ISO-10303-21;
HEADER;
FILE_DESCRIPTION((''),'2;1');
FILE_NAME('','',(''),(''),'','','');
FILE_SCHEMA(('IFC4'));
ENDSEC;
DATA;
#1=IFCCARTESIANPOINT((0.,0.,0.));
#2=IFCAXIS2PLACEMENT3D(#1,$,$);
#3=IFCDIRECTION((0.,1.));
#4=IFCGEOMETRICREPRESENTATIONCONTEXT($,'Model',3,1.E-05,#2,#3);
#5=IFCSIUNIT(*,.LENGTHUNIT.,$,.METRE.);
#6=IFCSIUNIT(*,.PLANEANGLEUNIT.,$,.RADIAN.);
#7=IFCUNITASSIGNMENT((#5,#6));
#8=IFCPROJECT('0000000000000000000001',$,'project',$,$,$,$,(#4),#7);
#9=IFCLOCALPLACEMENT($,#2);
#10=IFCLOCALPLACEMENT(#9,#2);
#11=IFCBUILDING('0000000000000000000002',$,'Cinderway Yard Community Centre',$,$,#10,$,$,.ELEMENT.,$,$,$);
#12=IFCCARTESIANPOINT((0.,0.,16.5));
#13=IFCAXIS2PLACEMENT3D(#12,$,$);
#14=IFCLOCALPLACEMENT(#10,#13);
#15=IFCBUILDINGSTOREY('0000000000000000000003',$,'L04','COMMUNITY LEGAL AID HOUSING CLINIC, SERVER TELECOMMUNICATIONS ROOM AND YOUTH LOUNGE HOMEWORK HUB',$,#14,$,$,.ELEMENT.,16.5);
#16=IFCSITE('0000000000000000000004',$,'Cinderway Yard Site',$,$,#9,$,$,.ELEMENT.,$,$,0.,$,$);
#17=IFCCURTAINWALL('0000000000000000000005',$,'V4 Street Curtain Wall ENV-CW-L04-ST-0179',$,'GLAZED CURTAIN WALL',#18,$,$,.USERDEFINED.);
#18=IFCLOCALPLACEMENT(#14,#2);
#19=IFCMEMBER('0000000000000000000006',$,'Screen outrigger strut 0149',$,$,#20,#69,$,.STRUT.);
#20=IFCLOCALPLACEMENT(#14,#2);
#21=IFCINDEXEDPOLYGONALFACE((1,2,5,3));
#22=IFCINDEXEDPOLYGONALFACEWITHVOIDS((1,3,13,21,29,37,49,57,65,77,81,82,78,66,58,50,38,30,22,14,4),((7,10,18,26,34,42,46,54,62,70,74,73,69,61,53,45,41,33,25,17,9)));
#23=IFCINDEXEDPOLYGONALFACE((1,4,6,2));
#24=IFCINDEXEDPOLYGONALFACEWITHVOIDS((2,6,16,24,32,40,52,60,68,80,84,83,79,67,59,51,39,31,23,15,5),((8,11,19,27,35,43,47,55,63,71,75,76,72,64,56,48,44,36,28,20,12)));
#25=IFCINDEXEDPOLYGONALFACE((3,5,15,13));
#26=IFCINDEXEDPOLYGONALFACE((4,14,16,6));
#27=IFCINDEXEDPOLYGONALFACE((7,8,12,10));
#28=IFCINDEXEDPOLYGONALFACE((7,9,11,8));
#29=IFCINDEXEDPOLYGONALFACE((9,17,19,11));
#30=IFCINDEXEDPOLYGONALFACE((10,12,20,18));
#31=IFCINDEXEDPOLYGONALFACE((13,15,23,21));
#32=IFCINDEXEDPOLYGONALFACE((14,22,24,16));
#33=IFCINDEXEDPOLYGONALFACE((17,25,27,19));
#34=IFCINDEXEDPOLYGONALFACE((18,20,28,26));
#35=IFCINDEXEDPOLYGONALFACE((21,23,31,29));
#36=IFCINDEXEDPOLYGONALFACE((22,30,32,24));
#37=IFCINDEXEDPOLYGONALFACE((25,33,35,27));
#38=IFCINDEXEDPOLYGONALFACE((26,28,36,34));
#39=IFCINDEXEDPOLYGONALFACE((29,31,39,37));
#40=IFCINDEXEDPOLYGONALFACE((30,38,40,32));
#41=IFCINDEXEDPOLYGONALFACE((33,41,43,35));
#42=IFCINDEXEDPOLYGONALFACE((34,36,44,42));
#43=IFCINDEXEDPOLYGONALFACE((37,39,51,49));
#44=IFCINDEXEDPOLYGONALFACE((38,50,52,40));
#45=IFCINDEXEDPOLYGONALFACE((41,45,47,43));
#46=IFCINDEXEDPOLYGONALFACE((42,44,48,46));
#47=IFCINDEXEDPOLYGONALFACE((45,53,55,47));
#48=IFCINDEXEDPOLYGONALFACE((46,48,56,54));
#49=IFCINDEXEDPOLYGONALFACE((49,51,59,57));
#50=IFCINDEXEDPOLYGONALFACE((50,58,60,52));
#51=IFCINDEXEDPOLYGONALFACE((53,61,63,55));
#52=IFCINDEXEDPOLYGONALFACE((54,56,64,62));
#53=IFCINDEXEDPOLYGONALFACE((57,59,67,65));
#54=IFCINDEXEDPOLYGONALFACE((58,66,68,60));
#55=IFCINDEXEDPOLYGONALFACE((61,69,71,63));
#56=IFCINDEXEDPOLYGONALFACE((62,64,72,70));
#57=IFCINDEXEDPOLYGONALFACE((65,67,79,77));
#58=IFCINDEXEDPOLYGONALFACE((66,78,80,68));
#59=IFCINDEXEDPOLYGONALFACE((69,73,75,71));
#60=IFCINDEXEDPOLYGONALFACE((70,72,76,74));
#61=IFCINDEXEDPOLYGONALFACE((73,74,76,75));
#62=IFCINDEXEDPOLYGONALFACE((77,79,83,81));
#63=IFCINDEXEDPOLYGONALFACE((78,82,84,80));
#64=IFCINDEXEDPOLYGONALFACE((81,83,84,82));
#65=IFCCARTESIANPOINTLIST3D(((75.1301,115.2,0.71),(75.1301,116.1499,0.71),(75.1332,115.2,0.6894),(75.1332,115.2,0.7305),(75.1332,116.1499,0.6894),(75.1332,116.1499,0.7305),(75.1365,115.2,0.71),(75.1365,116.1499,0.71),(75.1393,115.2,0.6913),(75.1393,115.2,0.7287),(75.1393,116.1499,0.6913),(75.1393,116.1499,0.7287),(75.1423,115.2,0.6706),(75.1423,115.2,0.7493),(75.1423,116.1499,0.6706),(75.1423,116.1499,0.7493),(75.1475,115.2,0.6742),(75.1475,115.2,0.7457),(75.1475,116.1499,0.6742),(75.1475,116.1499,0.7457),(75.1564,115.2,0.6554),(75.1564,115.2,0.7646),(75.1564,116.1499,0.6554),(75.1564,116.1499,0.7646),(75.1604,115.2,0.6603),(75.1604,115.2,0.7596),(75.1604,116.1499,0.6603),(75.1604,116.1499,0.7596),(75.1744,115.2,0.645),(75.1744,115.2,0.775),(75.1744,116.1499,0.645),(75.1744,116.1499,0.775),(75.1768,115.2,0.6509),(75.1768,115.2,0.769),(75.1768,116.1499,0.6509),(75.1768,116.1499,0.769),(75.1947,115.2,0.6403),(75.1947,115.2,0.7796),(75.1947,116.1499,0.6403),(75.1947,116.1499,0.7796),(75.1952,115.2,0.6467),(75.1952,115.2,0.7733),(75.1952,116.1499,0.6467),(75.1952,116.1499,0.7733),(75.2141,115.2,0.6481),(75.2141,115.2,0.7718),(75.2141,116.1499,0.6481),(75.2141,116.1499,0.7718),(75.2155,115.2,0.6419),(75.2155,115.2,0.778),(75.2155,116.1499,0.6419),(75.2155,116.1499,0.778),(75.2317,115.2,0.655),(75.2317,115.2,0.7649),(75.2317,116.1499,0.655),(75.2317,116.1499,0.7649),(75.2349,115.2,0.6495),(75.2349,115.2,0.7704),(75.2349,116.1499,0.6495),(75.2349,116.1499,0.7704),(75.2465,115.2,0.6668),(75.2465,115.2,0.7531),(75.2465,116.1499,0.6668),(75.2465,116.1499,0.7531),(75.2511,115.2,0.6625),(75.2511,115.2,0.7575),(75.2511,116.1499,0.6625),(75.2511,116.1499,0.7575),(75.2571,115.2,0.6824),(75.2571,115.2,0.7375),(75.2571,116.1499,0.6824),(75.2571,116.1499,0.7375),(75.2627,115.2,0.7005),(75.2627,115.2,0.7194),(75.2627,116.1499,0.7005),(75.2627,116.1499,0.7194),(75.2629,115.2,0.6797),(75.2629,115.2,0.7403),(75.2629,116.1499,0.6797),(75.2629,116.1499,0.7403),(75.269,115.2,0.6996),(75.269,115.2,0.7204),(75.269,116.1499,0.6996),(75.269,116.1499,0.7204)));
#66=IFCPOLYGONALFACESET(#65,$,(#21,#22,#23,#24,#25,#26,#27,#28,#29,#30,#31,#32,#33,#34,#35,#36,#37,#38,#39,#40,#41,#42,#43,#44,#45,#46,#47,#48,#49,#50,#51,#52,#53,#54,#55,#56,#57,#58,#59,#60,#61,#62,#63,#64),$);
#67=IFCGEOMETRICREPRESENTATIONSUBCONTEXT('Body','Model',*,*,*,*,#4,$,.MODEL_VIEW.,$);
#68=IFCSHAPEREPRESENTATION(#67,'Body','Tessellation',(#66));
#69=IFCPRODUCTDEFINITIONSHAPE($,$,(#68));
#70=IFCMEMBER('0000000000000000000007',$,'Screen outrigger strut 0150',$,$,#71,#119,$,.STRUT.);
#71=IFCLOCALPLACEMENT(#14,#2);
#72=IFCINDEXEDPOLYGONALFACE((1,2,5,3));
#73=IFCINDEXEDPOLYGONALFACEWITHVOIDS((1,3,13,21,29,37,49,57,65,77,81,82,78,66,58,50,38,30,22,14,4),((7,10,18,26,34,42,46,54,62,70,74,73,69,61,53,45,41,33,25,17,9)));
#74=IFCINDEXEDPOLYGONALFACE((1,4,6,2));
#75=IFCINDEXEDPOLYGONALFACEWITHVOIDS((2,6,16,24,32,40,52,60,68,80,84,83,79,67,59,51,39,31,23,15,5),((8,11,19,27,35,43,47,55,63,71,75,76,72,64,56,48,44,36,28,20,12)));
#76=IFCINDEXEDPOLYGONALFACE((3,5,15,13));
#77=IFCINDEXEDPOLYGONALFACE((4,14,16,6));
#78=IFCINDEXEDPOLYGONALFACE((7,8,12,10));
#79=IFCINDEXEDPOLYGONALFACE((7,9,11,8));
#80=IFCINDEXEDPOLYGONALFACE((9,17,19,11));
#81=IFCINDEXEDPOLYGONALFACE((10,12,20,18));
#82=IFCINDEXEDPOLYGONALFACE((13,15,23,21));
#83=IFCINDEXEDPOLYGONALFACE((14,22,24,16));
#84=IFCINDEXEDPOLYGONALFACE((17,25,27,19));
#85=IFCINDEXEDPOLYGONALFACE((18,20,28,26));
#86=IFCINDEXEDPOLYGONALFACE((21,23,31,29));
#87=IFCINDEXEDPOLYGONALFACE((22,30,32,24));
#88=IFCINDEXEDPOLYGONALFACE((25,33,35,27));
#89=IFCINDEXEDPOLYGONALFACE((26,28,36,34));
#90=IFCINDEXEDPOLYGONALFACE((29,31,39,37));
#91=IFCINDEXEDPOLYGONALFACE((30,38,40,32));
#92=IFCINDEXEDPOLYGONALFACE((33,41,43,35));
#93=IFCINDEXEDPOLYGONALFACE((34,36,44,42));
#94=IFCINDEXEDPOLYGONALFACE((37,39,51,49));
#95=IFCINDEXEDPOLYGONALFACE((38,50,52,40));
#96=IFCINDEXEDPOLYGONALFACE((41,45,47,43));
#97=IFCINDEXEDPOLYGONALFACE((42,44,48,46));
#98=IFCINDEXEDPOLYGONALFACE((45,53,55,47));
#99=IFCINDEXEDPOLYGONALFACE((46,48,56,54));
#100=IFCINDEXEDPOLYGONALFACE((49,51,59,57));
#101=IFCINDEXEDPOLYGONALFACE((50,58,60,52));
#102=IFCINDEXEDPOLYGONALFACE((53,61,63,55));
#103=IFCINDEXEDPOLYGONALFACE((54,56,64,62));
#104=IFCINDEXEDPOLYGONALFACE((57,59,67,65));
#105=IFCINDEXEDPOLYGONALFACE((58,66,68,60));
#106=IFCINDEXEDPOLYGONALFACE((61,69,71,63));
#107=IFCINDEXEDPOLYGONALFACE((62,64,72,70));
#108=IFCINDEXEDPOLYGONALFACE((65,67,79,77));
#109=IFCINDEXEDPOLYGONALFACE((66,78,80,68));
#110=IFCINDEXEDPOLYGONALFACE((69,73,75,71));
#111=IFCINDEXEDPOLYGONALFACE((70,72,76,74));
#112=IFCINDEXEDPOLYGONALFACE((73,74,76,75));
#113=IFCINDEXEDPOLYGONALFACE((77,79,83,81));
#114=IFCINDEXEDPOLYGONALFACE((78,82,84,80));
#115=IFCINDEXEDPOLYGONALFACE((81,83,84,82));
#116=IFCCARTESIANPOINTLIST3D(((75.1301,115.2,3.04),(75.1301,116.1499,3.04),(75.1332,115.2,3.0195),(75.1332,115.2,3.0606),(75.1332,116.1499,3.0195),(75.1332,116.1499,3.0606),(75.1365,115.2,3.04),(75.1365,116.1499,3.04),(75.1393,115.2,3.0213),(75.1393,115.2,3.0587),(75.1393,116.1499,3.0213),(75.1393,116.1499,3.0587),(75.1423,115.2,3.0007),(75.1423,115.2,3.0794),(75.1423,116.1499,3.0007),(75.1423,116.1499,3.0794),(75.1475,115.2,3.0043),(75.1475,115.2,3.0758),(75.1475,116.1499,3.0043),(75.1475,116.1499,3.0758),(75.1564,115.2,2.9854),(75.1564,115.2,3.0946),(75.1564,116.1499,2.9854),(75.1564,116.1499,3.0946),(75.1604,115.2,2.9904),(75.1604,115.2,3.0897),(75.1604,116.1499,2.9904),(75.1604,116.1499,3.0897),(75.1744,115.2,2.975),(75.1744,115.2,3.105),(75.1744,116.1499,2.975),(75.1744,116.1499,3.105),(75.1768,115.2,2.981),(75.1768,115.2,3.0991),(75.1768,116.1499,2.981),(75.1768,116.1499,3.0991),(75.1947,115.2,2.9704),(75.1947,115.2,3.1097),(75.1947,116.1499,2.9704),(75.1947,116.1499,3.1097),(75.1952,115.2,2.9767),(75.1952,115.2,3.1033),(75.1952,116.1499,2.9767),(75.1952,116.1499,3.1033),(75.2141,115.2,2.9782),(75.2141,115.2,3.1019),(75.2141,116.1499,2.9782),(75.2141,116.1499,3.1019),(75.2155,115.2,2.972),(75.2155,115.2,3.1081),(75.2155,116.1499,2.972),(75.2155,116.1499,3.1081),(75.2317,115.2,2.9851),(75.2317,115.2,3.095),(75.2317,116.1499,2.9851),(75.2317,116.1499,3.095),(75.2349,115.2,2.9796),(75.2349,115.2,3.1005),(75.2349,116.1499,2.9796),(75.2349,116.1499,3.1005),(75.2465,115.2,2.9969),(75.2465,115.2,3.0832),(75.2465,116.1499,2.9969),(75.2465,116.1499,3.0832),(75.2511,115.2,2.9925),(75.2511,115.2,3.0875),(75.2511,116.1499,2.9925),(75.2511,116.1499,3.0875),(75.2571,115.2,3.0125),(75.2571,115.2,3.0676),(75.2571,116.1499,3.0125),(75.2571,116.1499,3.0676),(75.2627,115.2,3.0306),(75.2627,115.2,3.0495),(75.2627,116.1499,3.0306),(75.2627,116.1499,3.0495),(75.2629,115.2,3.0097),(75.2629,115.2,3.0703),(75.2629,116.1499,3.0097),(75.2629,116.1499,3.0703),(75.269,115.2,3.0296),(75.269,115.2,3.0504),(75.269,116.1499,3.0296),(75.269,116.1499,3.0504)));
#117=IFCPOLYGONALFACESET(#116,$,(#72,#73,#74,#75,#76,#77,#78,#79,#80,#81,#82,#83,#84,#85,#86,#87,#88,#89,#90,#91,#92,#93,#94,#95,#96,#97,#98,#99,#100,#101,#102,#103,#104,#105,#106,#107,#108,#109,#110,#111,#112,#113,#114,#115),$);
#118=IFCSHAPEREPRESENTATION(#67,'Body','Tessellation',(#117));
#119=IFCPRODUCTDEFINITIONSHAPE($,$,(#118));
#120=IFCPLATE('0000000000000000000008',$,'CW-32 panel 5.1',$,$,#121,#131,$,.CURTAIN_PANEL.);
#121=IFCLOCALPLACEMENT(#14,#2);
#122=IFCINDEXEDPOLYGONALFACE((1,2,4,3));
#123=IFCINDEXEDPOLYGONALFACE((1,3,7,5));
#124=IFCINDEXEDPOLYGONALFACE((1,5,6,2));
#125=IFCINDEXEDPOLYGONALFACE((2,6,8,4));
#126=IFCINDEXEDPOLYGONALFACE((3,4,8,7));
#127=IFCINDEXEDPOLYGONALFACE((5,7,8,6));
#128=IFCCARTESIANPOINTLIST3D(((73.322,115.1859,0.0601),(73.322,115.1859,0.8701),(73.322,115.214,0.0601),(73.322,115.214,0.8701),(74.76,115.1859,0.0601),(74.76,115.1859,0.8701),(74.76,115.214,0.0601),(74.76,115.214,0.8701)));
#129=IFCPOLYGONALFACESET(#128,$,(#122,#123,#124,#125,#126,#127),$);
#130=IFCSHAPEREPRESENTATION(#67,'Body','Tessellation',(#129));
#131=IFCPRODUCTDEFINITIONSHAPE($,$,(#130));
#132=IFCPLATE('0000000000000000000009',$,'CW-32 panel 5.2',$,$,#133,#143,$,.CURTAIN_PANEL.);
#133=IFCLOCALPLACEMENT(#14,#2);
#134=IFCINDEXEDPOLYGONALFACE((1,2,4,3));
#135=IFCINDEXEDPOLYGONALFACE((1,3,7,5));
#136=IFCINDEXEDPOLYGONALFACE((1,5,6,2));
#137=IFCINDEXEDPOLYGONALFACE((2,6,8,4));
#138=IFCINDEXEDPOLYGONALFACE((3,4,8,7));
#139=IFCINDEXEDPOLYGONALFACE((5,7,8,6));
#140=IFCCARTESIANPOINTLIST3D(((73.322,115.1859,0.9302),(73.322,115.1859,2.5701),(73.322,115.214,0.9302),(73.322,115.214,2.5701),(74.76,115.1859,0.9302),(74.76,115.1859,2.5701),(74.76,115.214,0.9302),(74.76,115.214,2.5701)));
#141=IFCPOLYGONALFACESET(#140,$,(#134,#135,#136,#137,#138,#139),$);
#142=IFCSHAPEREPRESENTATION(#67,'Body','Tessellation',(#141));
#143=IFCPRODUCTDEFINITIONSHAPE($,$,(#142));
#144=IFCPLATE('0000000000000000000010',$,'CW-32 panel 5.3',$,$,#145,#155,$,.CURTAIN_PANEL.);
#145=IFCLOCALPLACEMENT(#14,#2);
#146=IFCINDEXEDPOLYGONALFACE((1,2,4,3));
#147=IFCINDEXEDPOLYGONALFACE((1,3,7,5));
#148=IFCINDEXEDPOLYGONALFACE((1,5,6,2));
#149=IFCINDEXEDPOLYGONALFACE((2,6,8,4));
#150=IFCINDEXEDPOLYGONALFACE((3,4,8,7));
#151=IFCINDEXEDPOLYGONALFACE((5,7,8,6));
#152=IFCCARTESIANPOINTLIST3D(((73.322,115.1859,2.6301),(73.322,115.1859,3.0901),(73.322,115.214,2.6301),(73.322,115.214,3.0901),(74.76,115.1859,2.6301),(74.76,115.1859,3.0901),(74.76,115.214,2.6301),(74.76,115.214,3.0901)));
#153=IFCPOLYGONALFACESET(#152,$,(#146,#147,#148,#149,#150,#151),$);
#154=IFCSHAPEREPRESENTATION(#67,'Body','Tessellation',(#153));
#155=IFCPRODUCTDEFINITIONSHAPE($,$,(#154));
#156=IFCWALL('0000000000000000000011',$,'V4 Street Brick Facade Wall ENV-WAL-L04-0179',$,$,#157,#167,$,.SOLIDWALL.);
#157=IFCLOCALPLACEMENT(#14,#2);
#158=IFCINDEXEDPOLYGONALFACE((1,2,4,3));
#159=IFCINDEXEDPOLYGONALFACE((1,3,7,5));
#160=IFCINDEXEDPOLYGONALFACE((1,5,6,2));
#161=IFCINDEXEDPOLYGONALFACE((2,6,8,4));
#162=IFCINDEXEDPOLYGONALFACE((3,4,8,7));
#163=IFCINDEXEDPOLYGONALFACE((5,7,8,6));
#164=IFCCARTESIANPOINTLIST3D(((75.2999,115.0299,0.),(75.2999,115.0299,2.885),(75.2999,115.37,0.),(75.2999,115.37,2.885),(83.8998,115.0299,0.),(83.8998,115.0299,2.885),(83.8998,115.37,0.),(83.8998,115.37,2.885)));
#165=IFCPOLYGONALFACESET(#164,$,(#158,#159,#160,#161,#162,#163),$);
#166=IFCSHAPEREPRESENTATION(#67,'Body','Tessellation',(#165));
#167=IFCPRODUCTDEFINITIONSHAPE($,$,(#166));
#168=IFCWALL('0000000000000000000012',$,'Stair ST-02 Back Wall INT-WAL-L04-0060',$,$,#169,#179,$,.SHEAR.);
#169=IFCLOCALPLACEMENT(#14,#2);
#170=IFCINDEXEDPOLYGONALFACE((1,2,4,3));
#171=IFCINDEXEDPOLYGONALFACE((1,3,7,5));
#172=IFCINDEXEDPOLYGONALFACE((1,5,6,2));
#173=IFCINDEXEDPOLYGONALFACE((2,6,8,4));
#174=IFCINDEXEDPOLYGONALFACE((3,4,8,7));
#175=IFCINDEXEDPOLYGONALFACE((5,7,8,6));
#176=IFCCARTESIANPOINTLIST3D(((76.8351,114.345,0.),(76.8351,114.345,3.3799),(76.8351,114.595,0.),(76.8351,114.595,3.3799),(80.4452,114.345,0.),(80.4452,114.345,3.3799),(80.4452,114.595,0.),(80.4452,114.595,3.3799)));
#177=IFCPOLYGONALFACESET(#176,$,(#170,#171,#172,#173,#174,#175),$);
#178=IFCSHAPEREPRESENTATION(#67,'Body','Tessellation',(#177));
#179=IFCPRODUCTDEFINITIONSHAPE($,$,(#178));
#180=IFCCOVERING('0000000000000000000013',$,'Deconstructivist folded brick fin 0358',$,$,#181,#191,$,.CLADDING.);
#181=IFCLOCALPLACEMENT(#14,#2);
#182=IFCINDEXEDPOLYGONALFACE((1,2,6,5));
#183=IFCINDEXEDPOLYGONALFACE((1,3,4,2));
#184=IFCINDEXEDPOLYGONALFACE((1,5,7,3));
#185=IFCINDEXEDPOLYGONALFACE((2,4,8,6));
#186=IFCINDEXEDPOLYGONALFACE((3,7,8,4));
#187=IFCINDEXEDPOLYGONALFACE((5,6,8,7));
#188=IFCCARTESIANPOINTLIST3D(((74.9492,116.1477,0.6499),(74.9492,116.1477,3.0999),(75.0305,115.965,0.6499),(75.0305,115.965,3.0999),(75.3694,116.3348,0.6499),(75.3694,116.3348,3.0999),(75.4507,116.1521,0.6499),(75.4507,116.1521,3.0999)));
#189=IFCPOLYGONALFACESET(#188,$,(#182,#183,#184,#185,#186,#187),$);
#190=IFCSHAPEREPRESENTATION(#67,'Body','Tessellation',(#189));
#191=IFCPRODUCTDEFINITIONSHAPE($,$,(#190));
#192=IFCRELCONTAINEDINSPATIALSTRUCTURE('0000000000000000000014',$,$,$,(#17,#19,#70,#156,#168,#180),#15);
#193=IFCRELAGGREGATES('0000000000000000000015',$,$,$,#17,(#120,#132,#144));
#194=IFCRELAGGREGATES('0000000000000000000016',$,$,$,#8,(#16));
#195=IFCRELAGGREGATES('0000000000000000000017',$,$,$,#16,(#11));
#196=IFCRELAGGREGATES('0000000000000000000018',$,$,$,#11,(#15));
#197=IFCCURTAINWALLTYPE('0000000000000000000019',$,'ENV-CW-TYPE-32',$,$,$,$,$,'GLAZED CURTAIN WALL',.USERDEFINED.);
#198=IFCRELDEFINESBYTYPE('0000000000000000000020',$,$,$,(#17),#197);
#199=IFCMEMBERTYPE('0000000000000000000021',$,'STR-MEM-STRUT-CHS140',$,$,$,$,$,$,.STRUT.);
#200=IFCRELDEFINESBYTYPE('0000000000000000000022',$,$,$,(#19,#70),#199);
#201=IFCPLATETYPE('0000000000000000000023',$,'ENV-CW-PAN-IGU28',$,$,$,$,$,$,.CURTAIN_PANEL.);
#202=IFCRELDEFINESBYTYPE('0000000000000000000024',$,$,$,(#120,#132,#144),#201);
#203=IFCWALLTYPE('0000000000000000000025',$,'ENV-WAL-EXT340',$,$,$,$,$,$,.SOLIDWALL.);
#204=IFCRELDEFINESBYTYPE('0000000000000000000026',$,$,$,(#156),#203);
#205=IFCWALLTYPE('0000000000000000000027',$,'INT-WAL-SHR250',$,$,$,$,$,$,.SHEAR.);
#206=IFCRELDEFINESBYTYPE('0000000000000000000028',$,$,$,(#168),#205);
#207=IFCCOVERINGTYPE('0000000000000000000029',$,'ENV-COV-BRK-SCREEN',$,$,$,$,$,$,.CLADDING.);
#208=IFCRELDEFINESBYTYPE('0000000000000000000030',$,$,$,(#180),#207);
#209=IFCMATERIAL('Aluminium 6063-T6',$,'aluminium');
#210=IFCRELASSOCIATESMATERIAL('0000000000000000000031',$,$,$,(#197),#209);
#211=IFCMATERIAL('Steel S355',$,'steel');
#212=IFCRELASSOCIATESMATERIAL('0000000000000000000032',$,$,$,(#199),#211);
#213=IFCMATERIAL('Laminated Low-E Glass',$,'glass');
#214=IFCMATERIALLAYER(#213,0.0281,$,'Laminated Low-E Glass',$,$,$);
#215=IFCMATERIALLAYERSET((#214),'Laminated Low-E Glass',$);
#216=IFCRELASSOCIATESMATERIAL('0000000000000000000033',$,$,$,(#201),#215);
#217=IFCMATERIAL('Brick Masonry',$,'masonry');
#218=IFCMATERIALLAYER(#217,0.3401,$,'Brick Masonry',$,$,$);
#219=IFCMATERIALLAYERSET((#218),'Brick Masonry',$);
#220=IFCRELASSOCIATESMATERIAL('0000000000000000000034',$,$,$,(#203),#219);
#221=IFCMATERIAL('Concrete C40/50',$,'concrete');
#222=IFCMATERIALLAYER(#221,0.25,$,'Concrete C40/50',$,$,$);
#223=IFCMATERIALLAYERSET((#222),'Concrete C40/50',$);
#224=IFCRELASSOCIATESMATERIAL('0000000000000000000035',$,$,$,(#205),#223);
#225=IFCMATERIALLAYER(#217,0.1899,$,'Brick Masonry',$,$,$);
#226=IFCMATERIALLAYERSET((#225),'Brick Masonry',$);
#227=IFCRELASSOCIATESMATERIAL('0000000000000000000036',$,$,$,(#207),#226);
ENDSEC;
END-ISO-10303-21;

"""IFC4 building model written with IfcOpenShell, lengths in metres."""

from ifc_helpers import new_model, si_unit, direction, frame, frame_2d, origin, origin_2d, place, context, subcontext, project, spatial, rectangle, hollow_circle, extrude, material, layer, layer_set, material_profile, profile_set, type_object, element, aggregate, save


model = new_model("IFC4")

# Units and contexts
model_context = context("Model", 3, precision=1e-05, world=origin(), true_north=direction((0.0, 1.0)))
body_context = subcontext(model_context, "Body", "Model", "MODEL_VIEW")
ifc_project = project(units=[si_unit("LENGTHUNIT", "METRE"), si_unit("PLANEANGLEUNIT", "RADIAN")], contexts=[model_context])

# Site, building, storey
site_placement = place(None, origin())
site = spatial("IfcSite", under=ifc_project, at=site_placement, Name="Cinderway Yard Site", CompositionType="ELEMENT", RefElevation=0.0)
building_placement = place(site_placement, origin())
building = spatial("IfcBuilding", under=site, at=building_placement, Name="Cinderway Yard Community Centre", CompositionType="ELEMENT")
storey_placement = place(building_placement, frame((0.0, 0.0, 16.5)))
storey = spatial("IfcBuildingStorey", under=building, at=storey_placement, Name="L04", Description="COMMUNITY LEGAL AID HOUSING CLINIC, SERVER TELECOMMUNICATIONS ROOM AND YOUTH LOUNGE HOMEWORK HUB", CompositionType="ELEMENT", Elevation=16.5)

# Shared definitions
ifc_material_1 = material(Name="Concrete C40/50", Category="concrete")

# Curtain wall
ifc_material_2 = material(Name="Aluminium 6063-T6", Category="aluminium")
curtain_wall_type = type_object("IfcCurtainWallType", Name="ENV-CW-TYPE-32", ElementType="GLAZED CURTAIN WALL", PredefinedType="USERDEFINED", material=ifc_material_2)
curtain_wall_placement = place(storey_placement, origin())
curtain_wall = element("IfcCurtainWall", 1, at=curtain_wall_placement, inside=storey, type_object=curtain_wall_type, Name="V4 Street Curtain Wall ENV-CW-L04-ST-0179", ObjectType="GLAZED CURTAIN WALL", PredefinedType="USERDEFINED")

# Shared definitions
ifc_material_3 = material(Name="Steel S355", Category="steel")

# Members
ifc_material_profile_1 = material_profile(ifc_material_3, hollow_circle(Radius=0.0698, WallThickness=0.0063, at=origin_2d()), Name="Steel S355")
ifc_profile_set_1 = profile_set([ifc_material_profile_1], Name="Steel S355")
member_type_1 = type_object("IfcMemberType", Name="STR-MEM-STRUT-CHS140", PredefinedType="STRUT", material=ifc_profile_set_1)
for number, where, z_axis, x_axis, name in (
    (2, (75.2, 115.2, 0.71), (0.0, 1.0, 0.0), (-1.0, 0.0, 0.0), "Screen outrigger strut 0149"),
    (3, (75.2, 115.2, 3.04), (0.0, 1.0, 0.0), (-1.0, 0.0, 0.0), "Screen outrigger strut 0150"),
):
    element("IfcMember", number, at=place(storey_placement, frame(where, z_axis=z_axis, x_axis=x_axis)), inside=storey, type_object=member_type_1, Name=name, PredefinedType="STRUT", context=body_context, shape_type="SweptSolid", body=[
        extrude(hollow_circle(Radius=0.0698, WallThickness=0.0063, at=origin_2d()), origin(), (0.0, 0.0, 1.0), 0.95),
    ])

# Plates
ifc_material_4 = material(Name="Laminated Low-E Glass", Category="glass")
ifc_layer_1 = layer(ifc_material_4, 0.0281, Name="Laminated Low-E Glass")
ifc_layer_set_1 = layer_set([ifc_layer_1], Name="Laminated Low-E Glass")
plate_type = type_object("IfcPlateType", Name="ENV-CW-PAN-IGU28", PredefinedType="CURTAIN_PANEL", material=ifc_layer_set_1)
plate_1_placement = place(storey_placement, frame((74.041, 115.2, 0.0601), z_axis=(0.0, 0.0, 1.0), x_axis=(1.0, 0.0, 0.0)))
plate_1 = element("IfcPlate", 4, at=plate_1_placement, type_object=plate_type, Name="CW-32 panel 5.1", PredefinedType="CURTAIN_PANEL", context=body_context, shape_type="SweptSolid", body=[
    extrude(rectangle(XDim=1.438, YDim=0.0281, at=origin_2d()), origin(), (0.0, 0.0, 1.0), 0.8101),
])
plate_2_placement = place(storey_placement, frame((74.041, 115.2, 0.9302), z_axis=(0.0, 0.0, 1.0), x_axis=(1.0, 0.0, 0.0)))
plate_2 = element("IfcPlate", 5, at=plate_2_placement, type_object=plate_type, Name="CW-32 panel 5.2", PredefinedType="CURTAIN_PANEL", context=body_context, shape_type="SweptSolid", body=[
    extrude(rectangle(XDim=1.438, YDim=0.0281, at=origin_2d()), origin(), (0.0, 0.0, 1.0), 1.6399),
])
plate_3_placement = place(storey_placement, frame((74.041, 115.2, 2.6301), z_axis=(0.0, 0.0, 1.0), x_axis=(1.0, 0.0, 0.0)))
plate_3 = element("IfcPlate", 6, at=plate_3_placement, type_object=plate_type, Name="CW-32 panel 5.3", PredefinedType="CURTAIN_PANEL", context=body_context, shape_type="SweptSolid", body=[
    extrude(rectangle(XDim=1.438, YDim=0.0281, at=origin_2d()), origin(), (0.0, 0.0, 1.0), 0.46),
])
aggregate(curtain_wall, [plate_1, plate_2, plate_3])

# Walls
ifc_material_5 = material(Name="Brick Masonry", Category="masonry")
ifc_layer_2 = layer(ifc_material_5, 0.3401, Name="Brick Masonry")
ifc_layer_set_2 = layer_set([ifc_layer_2], Name="Brick Masonry")
wall_type_1 = type_object("IfcWallType", Name="ENV-WAL-EXT340", PredefinedType="SOLIDWALL", material=ifc_layer_set_2)
wall_1_placement = place(storey_placement, frame((75.3, 115.2, 0.0), z_axis=(0.0, 0.0, 1.0), x_axis=(1.0, 0.0, 0.0)))
element("IfcWall", 7, at=wall_1_placement, inside=storey, type_object=wall_type_1, Name="V4 Street Brick Facade Wall ENV-WAL-L04-0179", PredefinedType="SOLIDWALL", context=body_context, shape_type="SweptSolid", body=[
    extrude(rectangle(XDim=8.5999, YDim=0.3401, at=frame_2d((4.2998, 0.0))), origin(), (0.0, 0.0, 1.0), 2.885),
])
ifc_layer_3 = layer(ifc_material_1, 0.25, Name="Concrete C40/50")
ifc_layer_set_3 = layer_set([ifc_layer_3], Name="Concrete C40/50")
wall_type_2 = type_object("IfcWallType", Name="INT-WAL-SHR250", PredefinedType="SHEAR", material=ifc_layer_set_3)
wall_2_placement = place(storey_placement, frame((76.835, 114.47, 0.0), z_axis=(0.0, 0.0, 1.0), x_axis=(1.0, 0.0, 0.0)))
element("IfcWall", 8, at=wall_2_placement, inside=storey, type_object=wall_type_2, Name="Stair ST-02 Back Wall INT-WAL-L04-0060", PredefinedType="SHEAR", context=body_context, shape_type="SweptSolid", body=[
    extrude(rectangle(XDim=3.6101, YDim=0.25, at=frame_2d((1.8052, 0.0))), origin(), (0.0, 0.0, 1.0), 3.3799),
])

# Covering
ifc_layer_4 = layer(ifc_material_5, 0.1899, Name="Brick Masonry")
ifc_layer_set_4 = layer_set([ifc_layer_4], Name="Brick Masonry")
covering_type = type_object("IfcCoveringType", Name="ENV-COV-BRK-SCREEN", PredefinedType="CLADDING", material=ifc_layer_set_4)
covering_placement = place(storey_placement, frame((75.2, 116.1499, 0.6499), z_axis=(0.0, 0.0, 1.0), x_axis=(0.913545, 0.406737, 0.0)))
element("IfcCovering", 9, at=covering_placement, inside=storey, type_object=covering_type, Name="Deconstructivist folded brick fin 0358", PredefinedType="CLADDING", context=body_context, shape_type="SweptSolid", body=[
    extrude(rectangle(XDim=0.46, YDim=0.2, at=origin_2d()), origin(), (0.0, 0.0, 1.0), 2.45),
])

save(model, "model.ifc")
